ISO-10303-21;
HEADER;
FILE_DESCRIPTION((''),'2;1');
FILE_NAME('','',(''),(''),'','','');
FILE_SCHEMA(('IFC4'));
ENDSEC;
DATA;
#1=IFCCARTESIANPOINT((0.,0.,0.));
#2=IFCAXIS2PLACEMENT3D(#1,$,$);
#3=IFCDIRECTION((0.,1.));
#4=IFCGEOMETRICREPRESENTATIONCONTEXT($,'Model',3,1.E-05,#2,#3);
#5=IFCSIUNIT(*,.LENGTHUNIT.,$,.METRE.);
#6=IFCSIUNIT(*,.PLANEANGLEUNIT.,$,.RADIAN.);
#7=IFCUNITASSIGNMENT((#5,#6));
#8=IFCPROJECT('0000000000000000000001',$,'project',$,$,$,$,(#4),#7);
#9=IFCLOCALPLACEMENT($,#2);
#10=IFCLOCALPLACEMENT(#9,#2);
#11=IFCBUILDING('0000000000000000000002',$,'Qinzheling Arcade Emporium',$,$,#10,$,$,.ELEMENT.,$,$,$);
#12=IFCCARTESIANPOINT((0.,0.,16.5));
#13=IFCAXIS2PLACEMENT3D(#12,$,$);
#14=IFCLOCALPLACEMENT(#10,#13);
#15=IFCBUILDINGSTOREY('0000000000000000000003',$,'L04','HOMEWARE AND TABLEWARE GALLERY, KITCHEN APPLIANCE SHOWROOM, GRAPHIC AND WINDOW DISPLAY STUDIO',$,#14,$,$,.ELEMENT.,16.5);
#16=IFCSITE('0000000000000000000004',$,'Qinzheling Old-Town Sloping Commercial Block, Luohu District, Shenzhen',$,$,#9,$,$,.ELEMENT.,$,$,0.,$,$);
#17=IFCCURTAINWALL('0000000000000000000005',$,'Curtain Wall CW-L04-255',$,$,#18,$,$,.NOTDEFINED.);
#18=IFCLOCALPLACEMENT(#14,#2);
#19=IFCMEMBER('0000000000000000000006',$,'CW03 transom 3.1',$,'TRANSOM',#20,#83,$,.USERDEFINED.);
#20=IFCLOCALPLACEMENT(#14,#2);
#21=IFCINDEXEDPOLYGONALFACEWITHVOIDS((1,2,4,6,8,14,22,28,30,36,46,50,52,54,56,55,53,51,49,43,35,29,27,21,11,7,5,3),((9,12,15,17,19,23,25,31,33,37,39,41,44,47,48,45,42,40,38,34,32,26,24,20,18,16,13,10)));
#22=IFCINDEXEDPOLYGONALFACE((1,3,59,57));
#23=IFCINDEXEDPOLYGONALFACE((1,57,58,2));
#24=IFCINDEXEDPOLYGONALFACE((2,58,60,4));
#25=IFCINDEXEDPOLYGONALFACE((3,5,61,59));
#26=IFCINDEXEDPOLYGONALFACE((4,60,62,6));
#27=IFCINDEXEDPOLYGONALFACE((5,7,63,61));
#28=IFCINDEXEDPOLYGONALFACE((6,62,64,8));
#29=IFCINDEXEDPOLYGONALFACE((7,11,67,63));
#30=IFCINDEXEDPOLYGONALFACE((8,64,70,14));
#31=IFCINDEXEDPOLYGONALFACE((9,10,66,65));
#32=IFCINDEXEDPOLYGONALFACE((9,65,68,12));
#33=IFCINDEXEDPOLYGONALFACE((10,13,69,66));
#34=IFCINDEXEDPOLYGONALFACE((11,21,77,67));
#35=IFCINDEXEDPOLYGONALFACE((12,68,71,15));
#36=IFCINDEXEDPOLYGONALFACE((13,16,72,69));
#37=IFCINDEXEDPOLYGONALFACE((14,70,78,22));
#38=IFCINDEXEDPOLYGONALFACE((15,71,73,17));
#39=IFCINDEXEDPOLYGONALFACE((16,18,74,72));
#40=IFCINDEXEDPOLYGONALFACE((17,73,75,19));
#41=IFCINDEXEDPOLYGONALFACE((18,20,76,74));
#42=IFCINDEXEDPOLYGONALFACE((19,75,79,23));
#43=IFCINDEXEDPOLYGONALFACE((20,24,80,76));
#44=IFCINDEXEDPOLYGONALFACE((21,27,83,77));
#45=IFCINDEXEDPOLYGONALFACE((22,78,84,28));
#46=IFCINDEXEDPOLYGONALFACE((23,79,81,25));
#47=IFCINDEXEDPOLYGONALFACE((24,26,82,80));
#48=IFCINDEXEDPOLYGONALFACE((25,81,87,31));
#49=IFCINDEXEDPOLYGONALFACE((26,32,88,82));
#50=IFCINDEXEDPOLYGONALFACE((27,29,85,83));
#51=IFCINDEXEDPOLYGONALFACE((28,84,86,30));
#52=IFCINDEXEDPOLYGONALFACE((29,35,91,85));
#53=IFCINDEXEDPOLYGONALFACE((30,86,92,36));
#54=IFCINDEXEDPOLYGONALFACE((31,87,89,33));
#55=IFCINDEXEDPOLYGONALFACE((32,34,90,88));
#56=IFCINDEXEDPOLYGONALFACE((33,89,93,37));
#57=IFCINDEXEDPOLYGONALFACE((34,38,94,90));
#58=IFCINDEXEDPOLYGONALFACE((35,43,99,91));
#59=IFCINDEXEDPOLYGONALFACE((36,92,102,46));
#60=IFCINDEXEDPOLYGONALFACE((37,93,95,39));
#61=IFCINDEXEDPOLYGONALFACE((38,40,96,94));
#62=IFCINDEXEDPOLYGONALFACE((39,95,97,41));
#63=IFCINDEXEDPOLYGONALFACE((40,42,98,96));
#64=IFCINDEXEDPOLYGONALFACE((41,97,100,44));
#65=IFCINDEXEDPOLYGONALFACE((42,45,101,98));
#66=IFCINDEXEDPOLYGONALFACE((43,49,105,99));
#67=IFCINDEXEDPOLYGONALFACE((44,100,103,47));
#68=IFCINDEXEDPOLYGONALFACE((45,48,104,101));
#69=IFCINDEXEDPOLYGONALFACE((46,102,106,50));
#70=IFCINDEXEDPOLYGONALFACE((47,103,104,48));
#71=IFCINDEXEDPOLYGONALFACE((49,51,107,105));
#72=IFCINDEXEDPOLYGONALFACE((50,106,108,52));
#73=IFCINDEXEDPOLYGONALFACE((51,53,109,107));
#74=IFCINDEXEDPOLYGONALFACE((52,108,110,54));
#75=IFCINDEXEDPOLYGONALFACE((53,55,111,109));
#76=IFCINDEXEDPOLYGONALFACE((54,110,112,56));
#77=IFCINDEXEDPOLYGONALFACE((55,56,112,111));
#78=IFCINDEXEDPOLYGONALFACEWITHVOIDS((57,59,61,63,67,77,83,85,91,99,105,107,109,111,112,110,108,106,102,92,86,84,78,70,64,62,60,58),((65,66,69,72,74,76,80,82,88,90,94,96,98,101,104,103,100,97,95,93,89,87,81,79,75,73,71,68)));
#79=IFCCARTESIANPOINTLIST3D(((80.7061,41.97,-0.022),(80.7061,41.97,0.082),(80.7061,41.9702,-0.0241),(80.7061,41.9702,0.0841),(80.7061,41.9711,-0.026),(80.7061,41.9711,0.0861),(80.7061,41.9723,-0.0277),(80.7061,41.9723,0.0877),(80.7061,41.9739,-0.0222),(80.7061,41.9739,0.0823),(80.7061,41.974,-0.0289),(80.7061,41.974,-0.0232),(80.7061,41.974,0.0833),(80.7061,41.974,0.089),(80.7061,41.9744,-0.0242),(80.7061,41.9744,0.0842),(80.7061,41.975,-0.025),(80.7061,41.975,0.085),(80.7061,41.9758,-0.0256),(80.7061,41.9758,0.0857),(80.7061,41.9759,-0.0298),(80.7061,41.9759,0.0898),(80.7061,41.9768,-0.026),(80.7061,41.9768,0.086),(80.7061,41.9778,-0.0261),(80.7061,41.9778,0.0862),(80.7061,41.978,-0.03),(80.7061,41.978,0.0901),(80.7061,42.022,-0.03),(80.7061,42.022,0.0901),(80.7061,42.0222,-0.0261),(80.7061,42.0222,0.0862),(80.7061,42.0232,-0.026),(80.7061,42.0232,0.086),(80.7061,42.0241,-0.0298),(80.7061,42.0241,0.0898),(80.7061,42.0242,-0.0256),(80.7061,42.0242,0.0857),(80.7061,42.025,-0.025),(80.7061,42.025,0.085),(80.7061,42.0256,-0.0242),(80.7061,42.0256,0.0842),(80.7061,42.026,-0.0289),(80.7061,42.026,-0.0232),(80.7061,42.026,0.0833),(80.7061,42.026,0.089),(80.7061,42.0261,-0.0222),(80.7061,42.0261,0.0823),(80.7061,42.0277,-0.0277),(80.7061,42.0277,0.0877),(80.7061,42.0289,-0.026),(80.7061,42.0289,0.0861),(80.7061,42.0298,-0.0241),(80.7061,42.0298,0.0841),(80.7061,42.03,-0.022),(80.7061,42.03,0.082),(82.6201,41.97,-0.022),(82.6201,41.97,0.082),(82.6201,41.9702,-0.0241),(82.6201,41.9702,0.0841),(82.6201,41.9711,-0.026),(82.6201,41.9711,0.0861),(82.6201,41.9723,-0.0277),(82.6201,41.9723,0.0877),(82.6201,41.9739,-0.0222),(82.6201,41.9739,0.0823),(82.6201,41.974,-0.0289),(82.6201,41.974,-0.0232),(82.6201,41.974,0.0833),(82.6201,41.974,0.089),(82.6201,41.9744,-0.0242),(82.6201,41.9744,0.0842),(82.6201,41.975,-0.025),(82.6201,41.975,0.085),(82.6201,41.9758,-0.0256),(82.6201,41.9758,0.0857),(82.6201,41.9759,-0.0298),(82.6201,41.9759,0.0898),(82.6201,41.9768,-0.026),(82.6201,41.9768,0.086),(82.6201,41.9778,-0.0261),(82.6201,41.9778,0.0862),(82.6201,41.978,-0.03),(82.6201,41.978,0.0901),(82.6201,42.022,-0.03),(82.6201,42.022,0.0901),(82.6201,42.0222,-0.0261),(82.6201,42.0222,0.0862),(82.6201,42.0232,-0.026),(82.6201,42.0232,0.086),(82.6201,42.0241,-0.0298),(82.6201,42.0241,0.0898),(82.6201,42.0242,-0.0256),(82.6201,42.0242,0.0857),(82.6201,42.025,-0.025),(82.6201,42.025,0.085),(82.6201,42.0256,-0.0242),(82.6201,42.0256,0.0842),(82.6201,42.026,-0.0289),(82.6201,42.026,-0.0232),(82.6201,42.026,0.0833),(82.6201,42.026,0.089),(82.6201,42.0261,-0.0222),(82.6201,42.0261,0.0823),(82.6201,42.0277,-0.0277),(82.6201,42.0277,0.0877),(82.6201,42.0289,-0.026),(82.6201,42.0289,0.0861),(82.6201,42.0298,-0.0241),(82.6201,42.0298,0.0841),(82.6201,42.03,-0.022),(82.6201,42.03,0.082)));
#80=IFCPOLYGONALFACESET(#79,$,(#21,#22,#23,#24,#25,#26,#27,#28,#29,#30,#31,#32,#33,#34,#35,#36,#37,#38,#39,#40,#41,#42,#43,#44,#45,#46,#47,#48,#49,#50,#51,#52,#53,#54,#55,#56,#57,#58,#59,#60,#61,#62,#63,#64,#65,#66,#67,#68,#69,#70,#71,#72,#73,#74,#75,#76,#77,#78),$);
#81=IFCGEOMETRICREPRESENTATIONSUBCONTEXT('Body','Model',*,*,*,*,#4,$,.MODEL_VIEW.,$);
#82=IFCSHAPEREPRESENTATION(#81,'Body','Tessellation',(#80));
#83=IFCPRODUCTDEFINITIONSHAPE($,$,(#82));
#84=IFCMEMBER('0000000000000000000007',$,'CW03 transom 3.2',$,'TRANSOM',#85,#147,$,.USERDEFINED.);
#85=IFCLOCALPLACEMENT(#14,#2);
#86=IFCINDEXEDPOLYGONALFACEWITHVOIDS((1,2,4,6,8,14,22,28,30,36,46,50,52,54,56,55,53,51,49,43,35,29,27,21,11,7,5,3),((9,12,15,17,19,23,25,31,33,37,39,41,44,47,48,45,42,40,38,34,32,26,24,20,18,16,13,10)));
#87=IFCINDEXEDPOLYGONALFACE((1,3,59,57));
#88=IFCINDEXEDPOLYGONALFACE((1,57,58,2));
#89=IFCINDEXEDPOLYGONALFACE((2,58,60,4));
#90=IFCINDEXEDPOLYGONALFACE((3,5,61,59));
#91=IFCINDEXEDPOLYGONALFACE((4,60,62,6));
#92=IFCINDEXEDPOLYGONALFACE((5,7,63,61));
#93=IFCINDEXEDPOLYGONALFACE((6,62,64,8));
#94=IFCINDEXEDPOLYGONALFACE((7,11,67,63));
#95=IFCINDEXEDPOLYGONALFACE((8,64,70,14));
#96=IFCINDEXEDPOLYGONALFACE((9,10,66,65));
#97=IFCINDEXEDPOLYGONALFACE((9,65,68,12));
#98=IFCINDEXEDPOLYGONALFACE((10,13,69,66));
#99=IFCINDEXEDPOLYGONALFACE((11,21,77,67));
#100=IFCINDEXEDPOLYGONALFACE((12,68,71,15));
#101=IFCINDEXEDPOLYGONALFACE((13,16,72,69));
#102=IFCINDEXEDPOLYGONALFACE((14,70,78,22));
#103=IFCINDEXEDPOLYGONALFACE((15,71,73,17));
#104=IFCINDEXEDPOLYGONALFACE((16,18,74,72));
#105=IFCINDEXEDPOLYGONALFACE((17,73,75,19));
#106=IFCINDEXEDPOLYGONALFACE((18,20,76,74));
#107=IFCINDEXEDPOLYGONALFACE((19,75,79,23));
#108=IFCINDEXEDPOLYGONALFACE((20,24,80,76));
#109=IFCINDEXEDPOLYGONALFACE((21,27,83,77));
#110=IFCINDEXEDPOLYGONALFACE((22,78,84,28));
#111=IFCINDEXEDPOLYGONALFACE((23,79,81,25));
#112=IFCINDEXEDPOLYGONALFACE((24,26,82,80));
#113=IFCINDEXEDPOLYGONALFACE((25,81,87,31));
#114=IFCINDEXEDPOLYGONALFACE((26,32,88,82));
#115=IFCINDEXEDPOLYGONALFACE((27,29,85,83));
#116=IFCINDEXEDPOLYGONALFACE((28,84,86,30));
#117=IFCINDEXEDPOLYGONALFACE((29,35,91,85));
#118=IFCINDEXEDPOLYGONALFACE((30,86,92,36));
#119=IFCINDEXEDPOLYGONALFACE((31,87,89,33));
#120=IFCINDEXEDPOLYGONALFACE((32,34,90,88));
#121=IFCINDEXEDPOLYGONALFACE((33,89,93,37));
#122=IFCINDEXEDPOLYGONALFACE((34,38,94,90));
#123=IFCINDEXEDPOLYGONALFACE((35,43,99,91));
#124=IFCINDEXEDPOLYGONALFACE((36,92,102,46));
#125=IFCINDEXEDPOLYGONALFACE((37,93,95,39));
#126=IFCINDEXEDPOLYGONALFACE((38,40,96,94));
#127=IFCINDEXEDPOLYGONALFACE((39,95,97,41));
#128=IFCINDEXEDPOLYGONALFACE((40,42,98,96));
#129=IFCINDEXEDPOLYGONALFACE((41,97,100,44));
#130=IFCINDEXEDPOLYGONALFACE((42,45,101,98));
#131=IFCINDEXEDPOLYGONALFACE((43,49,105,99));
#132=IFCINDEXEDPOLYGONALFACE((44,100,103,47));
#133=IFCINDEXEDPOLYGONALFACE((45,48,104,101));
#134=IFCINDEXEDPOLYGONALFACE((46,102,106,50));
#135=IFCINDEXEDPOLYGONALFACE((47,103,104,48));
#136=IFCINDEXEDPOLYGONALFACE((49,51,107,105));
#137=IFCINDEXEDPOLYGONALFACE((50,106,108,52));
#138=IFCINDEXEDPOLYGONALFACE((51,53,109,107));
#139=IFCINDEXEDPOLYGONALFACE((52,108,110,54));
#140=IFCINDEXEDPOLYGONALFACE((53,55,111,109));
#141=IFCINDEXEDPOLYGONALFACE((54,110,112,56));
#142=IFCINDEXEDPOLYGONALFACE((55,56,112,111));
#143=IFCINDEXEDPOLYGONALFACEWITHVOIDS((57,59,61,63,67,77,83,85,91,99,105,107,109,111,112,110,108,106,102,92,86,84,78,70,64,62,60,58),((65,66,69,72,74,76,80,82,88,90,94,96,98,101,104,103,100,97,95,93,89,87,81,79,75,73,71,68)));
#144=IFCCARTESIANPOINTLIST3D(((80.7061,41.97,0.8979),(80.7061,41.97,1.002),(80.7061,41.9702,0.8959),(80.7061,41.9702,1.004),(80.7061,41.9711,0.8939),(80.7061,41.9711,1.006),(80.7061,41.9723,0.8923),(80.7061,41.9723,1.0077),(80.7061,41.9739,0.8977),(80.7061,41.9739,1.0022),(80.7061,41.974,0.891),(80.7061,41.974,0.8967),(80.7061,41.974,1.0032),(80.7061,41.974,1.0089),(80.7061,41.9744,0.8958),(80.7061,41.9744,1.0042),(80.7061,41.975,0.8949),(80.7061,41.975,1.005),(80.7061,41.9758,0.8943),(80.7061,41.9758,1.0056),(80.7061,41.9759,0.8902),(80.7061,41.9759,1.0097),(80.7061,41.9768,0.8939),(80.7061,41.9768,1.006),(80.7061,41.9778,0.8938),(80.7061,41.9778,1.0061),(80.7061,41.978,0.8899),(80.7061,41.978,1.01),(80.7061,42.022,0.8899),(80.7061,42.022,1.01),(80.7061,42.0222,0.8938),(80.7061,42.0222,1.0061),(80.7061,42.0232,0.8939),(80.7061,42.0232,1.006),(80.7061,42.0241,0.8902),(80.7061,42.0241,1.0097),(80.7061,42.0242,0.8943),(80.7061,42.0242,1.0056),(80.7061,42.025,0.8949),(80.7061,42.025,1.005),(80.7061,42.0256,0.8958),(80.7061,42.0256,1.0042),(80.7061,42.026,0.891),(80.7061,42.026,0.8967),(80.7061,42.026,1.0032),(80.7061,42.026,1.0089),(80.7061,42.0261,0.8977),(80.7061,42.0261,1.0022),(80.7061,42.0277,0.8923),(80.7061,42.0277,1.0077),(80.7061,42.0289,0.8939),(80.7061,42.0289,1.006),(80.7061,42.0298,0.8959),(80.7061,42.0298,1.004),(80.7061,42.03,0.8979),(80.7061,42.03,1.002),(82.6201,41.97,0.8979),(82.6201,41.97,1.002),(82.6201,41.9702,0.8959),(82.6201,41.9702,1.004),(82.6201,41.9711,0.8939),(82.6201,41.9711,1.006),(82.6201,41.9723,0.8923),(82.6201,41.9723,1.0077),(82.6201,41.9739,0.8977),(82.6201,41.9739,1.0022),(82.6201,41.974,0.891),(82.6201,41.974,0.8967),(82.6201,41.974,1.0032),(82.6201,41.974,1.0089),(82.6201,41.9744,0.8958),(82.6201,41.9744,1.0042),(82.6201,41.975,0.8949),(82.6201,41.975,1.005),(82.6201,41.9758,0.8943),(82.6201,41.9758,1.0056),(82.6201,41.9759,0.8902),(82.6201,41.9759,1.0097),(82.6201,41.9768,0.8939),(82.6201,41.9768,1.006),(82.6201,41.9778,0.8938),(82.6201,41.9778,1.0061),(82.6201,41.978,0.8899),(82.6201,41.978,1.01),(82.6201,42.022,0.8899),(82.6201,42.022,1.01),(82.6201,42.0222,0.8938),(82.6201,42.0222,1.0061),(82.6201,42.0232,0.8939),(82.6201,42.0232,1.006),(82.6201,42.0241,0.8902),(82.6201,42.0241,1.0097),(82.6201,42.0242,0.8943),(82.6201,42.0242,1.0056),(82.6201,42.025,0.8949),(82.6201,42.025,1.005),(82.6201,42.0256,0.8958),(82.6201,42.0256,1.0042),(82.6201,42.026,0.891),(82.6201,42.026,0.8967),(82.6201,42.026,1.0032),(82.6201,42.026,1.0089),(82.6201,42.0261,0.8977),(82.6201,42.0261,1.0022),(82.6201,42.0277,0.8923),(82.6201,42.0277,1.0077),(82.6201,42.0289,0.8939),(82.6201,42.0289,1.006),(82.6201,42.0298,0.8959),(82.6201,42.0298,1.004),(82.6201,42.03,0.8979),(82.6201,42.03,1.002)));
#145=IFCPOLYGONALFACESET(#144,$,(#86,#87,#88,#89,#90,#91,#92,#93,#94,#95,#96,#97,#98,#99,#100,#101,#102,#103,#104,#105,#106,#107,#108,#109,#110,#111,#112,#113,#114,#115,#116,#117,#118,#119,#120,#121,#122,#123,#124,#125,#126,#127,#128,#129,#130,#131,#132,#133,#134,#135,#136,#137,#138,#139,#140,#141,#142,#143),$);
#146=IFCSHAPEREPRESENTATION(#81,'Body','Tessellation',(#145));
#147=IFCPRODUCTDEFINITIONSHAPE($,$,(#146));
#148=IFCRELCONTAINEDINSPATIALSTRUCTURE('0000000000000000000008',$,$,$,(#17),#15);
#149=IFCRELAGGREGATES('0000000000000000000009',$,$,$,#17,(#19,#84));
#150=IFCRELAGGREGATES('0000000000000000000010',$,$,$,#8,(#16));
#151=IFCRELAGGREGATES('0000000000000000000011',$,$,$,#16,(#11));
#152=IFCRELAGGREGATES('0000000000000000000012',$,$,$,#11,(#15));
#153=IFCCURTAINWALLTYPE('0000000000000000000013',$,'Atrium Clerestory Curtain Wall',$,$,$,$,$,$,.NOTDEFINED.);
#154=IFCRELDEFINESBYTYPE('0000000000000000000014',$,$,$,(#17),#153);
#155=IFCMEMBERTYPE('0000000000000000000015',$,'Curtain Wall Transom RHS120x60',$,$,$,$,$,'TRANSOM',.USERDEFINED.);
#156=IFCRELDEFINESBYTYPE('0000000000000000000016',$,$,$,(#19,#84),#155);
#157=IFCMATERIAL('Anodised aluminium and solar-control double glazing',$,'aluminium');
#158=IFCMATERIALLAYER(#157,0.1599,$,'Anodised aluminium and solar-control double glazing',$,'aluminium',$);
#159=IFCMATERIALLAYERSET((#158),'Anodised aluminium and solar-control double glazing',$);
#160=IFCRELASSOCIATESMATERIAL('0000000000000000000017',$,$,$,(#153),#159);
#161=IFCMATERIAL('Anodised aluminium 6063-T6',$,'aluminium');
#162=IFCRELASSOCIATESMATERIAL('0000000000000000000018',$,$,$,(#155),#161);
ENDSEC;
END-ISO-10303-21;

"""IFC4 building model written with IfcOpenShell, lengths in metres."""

from ifc_helpers import new_model, si_unit, direction, frame, origin, origin_2d, place, context, subcontext, project, spatial, hollow_rectangle, extrude, material, layer, layer_set, material_profile, profile_set, type_object, element, aggregate, save


model = new_model("IFC4")

# Units and contexts
model_context = context("Model", 3, precision=1e-05, world=origin(), true_north=direction((0.0, 1.0)))
body_context = subcontext(model_context, "Body", "Model", "MODEL_VIEW")
ifc_project = project(units=[si_unit("LENGTHUNIT", "METRE"), si_unit("PLANEANGLEUNIT", "RADIAN")], contexts=[model_context])

# Site, building, storey
site_placement = place(None, origin())
site = spatial("IfcSite", under=ifc_project, at=site_placement, Name="Qinzheling Old-Town Sloping Commercial Block, Luohu District, Shenzhen", CompositionType="ELEMENT", RefElevation=0.0)
building_placement = place(site_placement, origin())
building = spatial("IfcBuilding", under=site, at=building_placement, Name="Qinzheling Arcade Emporium", CompositionType="ELEMENT")
storey_placement = place(building_placement, frame((0.0, 0.0, 16.5)))
storey = spatial("IfcBuildingStorey", under=building, at=storey_placement, Name="L04", Description="HOMEWARE AND TABLEWARE GALLERY, KITCHEN APPLIANCE SHOWROOM, GRAPHIC AND WINDOW DISPLAY STUDIO", CompositionType="ELEMENT", Elevation=16.5)

# Curtain wall
ifc_material_1 = material(Name="Anodised aluminium and solar-control double glazing", Category="aluminium")
ifc_layer_1 = layer(ifc_material_1, 0.1599, Name="Anodised aluminium and solar-control double glazing", Category="aluminium")
ifc_layer_set_1 = layer_set([ifc_layer_1], Name="Anodised aluminium and solar-control double glazing")
curtain_wall_type = type_object("IfcCurtainWallType", Name="Atrium Clerestory Curtain Wall", PredefinedType="NOTDEFINED", material=ifc_layer_set_1)
curtain_wall_1_placement = place(storey_placement, origin())
curtain_wall_1 = element("IfcCurtainWall", 1, at=curtain_wall_1_placement, inside=storey, type_object=curtain_wall_type, Name="Curtain Wall CW-L04-255", PredefinedType="NOTDEFINED")
ifc_material_2 = material(Name="Anodised aluminium 6063-T6", Category="aluminium")

# Members
ifc_material_profile_1 = material_profile(ifc_material_2, hollow_rectangle(XDim=0.0601, YDim=0.1201, WallThickness=0.0039, InnerFilletRadius=0.0039, OuterFilletRadius=0.0081, at=origin_2d()), Name="RHS 120x60x4", Category="aluminium")
ifc_profile_set_1 = profile_set([ifc_material_profile_1], Name="Anodised aluminium 6063-T6")
member_type_1 = type_object("IfcMemberType", Name="Curtain Wall Transom RHS120x60", ElementType="TRANSOM", PredefinedType="USERDEFINED", material=ifc_profile_set_1)
member_1_placement = place(storey_placement, frame((82.6201, 42.0, 0.03), z_axis=(-1.0, 0.0, 0.0), x_axis=(0.0, -1.0, 0.0)))
member_1 = element("IfcMember", 2, at=member_1_placement, type_object=member_type_1, Name="CW03 transom 3.1", ObjectType="TRANSOM", PredefinedType="USERDEFINED", context=body_context, shape_type="SweptSolid", body=[
    extrude(hollow_rectangle(XDim=0.0601, YDim=0.1201, WallThickness=0.0039, InnerFilletRadius=0.0039, OuterFilletRadius=0.0081, at=origin_2d()), origin(), (0.0, 0.0, 1.0), 1.9141),
])
member_2_placement = place(storey_placement, frame((82.6201, 42.0, 0.95), z_axis=(-1.0, 0.0, 0.0), x_axis=(0.0, -1.0, 0.0)))
member_2 = element("IfcMember", 3, at=member_2_placement, type_object=member_type_1, Name="CW03 transom 3.2", ObjectType="TRANSOM", PredefinedType="USERDEFINED", context=body_context, shape_type="SweptSolid", body=[
    extrude(hollow_rectangle(XDim=0.0601, YDim=0.1201, WallThickness=0.0039, InnerFilletRadius=0.0039, OuterFilletRadius=0.0081, at=origin_2d()), origin(), (0.0, 0.0, 1.0), 1.9141),
])

aggregate(curtain_wall_1, [member_1, member_2])

save(model, "model.ifc")
